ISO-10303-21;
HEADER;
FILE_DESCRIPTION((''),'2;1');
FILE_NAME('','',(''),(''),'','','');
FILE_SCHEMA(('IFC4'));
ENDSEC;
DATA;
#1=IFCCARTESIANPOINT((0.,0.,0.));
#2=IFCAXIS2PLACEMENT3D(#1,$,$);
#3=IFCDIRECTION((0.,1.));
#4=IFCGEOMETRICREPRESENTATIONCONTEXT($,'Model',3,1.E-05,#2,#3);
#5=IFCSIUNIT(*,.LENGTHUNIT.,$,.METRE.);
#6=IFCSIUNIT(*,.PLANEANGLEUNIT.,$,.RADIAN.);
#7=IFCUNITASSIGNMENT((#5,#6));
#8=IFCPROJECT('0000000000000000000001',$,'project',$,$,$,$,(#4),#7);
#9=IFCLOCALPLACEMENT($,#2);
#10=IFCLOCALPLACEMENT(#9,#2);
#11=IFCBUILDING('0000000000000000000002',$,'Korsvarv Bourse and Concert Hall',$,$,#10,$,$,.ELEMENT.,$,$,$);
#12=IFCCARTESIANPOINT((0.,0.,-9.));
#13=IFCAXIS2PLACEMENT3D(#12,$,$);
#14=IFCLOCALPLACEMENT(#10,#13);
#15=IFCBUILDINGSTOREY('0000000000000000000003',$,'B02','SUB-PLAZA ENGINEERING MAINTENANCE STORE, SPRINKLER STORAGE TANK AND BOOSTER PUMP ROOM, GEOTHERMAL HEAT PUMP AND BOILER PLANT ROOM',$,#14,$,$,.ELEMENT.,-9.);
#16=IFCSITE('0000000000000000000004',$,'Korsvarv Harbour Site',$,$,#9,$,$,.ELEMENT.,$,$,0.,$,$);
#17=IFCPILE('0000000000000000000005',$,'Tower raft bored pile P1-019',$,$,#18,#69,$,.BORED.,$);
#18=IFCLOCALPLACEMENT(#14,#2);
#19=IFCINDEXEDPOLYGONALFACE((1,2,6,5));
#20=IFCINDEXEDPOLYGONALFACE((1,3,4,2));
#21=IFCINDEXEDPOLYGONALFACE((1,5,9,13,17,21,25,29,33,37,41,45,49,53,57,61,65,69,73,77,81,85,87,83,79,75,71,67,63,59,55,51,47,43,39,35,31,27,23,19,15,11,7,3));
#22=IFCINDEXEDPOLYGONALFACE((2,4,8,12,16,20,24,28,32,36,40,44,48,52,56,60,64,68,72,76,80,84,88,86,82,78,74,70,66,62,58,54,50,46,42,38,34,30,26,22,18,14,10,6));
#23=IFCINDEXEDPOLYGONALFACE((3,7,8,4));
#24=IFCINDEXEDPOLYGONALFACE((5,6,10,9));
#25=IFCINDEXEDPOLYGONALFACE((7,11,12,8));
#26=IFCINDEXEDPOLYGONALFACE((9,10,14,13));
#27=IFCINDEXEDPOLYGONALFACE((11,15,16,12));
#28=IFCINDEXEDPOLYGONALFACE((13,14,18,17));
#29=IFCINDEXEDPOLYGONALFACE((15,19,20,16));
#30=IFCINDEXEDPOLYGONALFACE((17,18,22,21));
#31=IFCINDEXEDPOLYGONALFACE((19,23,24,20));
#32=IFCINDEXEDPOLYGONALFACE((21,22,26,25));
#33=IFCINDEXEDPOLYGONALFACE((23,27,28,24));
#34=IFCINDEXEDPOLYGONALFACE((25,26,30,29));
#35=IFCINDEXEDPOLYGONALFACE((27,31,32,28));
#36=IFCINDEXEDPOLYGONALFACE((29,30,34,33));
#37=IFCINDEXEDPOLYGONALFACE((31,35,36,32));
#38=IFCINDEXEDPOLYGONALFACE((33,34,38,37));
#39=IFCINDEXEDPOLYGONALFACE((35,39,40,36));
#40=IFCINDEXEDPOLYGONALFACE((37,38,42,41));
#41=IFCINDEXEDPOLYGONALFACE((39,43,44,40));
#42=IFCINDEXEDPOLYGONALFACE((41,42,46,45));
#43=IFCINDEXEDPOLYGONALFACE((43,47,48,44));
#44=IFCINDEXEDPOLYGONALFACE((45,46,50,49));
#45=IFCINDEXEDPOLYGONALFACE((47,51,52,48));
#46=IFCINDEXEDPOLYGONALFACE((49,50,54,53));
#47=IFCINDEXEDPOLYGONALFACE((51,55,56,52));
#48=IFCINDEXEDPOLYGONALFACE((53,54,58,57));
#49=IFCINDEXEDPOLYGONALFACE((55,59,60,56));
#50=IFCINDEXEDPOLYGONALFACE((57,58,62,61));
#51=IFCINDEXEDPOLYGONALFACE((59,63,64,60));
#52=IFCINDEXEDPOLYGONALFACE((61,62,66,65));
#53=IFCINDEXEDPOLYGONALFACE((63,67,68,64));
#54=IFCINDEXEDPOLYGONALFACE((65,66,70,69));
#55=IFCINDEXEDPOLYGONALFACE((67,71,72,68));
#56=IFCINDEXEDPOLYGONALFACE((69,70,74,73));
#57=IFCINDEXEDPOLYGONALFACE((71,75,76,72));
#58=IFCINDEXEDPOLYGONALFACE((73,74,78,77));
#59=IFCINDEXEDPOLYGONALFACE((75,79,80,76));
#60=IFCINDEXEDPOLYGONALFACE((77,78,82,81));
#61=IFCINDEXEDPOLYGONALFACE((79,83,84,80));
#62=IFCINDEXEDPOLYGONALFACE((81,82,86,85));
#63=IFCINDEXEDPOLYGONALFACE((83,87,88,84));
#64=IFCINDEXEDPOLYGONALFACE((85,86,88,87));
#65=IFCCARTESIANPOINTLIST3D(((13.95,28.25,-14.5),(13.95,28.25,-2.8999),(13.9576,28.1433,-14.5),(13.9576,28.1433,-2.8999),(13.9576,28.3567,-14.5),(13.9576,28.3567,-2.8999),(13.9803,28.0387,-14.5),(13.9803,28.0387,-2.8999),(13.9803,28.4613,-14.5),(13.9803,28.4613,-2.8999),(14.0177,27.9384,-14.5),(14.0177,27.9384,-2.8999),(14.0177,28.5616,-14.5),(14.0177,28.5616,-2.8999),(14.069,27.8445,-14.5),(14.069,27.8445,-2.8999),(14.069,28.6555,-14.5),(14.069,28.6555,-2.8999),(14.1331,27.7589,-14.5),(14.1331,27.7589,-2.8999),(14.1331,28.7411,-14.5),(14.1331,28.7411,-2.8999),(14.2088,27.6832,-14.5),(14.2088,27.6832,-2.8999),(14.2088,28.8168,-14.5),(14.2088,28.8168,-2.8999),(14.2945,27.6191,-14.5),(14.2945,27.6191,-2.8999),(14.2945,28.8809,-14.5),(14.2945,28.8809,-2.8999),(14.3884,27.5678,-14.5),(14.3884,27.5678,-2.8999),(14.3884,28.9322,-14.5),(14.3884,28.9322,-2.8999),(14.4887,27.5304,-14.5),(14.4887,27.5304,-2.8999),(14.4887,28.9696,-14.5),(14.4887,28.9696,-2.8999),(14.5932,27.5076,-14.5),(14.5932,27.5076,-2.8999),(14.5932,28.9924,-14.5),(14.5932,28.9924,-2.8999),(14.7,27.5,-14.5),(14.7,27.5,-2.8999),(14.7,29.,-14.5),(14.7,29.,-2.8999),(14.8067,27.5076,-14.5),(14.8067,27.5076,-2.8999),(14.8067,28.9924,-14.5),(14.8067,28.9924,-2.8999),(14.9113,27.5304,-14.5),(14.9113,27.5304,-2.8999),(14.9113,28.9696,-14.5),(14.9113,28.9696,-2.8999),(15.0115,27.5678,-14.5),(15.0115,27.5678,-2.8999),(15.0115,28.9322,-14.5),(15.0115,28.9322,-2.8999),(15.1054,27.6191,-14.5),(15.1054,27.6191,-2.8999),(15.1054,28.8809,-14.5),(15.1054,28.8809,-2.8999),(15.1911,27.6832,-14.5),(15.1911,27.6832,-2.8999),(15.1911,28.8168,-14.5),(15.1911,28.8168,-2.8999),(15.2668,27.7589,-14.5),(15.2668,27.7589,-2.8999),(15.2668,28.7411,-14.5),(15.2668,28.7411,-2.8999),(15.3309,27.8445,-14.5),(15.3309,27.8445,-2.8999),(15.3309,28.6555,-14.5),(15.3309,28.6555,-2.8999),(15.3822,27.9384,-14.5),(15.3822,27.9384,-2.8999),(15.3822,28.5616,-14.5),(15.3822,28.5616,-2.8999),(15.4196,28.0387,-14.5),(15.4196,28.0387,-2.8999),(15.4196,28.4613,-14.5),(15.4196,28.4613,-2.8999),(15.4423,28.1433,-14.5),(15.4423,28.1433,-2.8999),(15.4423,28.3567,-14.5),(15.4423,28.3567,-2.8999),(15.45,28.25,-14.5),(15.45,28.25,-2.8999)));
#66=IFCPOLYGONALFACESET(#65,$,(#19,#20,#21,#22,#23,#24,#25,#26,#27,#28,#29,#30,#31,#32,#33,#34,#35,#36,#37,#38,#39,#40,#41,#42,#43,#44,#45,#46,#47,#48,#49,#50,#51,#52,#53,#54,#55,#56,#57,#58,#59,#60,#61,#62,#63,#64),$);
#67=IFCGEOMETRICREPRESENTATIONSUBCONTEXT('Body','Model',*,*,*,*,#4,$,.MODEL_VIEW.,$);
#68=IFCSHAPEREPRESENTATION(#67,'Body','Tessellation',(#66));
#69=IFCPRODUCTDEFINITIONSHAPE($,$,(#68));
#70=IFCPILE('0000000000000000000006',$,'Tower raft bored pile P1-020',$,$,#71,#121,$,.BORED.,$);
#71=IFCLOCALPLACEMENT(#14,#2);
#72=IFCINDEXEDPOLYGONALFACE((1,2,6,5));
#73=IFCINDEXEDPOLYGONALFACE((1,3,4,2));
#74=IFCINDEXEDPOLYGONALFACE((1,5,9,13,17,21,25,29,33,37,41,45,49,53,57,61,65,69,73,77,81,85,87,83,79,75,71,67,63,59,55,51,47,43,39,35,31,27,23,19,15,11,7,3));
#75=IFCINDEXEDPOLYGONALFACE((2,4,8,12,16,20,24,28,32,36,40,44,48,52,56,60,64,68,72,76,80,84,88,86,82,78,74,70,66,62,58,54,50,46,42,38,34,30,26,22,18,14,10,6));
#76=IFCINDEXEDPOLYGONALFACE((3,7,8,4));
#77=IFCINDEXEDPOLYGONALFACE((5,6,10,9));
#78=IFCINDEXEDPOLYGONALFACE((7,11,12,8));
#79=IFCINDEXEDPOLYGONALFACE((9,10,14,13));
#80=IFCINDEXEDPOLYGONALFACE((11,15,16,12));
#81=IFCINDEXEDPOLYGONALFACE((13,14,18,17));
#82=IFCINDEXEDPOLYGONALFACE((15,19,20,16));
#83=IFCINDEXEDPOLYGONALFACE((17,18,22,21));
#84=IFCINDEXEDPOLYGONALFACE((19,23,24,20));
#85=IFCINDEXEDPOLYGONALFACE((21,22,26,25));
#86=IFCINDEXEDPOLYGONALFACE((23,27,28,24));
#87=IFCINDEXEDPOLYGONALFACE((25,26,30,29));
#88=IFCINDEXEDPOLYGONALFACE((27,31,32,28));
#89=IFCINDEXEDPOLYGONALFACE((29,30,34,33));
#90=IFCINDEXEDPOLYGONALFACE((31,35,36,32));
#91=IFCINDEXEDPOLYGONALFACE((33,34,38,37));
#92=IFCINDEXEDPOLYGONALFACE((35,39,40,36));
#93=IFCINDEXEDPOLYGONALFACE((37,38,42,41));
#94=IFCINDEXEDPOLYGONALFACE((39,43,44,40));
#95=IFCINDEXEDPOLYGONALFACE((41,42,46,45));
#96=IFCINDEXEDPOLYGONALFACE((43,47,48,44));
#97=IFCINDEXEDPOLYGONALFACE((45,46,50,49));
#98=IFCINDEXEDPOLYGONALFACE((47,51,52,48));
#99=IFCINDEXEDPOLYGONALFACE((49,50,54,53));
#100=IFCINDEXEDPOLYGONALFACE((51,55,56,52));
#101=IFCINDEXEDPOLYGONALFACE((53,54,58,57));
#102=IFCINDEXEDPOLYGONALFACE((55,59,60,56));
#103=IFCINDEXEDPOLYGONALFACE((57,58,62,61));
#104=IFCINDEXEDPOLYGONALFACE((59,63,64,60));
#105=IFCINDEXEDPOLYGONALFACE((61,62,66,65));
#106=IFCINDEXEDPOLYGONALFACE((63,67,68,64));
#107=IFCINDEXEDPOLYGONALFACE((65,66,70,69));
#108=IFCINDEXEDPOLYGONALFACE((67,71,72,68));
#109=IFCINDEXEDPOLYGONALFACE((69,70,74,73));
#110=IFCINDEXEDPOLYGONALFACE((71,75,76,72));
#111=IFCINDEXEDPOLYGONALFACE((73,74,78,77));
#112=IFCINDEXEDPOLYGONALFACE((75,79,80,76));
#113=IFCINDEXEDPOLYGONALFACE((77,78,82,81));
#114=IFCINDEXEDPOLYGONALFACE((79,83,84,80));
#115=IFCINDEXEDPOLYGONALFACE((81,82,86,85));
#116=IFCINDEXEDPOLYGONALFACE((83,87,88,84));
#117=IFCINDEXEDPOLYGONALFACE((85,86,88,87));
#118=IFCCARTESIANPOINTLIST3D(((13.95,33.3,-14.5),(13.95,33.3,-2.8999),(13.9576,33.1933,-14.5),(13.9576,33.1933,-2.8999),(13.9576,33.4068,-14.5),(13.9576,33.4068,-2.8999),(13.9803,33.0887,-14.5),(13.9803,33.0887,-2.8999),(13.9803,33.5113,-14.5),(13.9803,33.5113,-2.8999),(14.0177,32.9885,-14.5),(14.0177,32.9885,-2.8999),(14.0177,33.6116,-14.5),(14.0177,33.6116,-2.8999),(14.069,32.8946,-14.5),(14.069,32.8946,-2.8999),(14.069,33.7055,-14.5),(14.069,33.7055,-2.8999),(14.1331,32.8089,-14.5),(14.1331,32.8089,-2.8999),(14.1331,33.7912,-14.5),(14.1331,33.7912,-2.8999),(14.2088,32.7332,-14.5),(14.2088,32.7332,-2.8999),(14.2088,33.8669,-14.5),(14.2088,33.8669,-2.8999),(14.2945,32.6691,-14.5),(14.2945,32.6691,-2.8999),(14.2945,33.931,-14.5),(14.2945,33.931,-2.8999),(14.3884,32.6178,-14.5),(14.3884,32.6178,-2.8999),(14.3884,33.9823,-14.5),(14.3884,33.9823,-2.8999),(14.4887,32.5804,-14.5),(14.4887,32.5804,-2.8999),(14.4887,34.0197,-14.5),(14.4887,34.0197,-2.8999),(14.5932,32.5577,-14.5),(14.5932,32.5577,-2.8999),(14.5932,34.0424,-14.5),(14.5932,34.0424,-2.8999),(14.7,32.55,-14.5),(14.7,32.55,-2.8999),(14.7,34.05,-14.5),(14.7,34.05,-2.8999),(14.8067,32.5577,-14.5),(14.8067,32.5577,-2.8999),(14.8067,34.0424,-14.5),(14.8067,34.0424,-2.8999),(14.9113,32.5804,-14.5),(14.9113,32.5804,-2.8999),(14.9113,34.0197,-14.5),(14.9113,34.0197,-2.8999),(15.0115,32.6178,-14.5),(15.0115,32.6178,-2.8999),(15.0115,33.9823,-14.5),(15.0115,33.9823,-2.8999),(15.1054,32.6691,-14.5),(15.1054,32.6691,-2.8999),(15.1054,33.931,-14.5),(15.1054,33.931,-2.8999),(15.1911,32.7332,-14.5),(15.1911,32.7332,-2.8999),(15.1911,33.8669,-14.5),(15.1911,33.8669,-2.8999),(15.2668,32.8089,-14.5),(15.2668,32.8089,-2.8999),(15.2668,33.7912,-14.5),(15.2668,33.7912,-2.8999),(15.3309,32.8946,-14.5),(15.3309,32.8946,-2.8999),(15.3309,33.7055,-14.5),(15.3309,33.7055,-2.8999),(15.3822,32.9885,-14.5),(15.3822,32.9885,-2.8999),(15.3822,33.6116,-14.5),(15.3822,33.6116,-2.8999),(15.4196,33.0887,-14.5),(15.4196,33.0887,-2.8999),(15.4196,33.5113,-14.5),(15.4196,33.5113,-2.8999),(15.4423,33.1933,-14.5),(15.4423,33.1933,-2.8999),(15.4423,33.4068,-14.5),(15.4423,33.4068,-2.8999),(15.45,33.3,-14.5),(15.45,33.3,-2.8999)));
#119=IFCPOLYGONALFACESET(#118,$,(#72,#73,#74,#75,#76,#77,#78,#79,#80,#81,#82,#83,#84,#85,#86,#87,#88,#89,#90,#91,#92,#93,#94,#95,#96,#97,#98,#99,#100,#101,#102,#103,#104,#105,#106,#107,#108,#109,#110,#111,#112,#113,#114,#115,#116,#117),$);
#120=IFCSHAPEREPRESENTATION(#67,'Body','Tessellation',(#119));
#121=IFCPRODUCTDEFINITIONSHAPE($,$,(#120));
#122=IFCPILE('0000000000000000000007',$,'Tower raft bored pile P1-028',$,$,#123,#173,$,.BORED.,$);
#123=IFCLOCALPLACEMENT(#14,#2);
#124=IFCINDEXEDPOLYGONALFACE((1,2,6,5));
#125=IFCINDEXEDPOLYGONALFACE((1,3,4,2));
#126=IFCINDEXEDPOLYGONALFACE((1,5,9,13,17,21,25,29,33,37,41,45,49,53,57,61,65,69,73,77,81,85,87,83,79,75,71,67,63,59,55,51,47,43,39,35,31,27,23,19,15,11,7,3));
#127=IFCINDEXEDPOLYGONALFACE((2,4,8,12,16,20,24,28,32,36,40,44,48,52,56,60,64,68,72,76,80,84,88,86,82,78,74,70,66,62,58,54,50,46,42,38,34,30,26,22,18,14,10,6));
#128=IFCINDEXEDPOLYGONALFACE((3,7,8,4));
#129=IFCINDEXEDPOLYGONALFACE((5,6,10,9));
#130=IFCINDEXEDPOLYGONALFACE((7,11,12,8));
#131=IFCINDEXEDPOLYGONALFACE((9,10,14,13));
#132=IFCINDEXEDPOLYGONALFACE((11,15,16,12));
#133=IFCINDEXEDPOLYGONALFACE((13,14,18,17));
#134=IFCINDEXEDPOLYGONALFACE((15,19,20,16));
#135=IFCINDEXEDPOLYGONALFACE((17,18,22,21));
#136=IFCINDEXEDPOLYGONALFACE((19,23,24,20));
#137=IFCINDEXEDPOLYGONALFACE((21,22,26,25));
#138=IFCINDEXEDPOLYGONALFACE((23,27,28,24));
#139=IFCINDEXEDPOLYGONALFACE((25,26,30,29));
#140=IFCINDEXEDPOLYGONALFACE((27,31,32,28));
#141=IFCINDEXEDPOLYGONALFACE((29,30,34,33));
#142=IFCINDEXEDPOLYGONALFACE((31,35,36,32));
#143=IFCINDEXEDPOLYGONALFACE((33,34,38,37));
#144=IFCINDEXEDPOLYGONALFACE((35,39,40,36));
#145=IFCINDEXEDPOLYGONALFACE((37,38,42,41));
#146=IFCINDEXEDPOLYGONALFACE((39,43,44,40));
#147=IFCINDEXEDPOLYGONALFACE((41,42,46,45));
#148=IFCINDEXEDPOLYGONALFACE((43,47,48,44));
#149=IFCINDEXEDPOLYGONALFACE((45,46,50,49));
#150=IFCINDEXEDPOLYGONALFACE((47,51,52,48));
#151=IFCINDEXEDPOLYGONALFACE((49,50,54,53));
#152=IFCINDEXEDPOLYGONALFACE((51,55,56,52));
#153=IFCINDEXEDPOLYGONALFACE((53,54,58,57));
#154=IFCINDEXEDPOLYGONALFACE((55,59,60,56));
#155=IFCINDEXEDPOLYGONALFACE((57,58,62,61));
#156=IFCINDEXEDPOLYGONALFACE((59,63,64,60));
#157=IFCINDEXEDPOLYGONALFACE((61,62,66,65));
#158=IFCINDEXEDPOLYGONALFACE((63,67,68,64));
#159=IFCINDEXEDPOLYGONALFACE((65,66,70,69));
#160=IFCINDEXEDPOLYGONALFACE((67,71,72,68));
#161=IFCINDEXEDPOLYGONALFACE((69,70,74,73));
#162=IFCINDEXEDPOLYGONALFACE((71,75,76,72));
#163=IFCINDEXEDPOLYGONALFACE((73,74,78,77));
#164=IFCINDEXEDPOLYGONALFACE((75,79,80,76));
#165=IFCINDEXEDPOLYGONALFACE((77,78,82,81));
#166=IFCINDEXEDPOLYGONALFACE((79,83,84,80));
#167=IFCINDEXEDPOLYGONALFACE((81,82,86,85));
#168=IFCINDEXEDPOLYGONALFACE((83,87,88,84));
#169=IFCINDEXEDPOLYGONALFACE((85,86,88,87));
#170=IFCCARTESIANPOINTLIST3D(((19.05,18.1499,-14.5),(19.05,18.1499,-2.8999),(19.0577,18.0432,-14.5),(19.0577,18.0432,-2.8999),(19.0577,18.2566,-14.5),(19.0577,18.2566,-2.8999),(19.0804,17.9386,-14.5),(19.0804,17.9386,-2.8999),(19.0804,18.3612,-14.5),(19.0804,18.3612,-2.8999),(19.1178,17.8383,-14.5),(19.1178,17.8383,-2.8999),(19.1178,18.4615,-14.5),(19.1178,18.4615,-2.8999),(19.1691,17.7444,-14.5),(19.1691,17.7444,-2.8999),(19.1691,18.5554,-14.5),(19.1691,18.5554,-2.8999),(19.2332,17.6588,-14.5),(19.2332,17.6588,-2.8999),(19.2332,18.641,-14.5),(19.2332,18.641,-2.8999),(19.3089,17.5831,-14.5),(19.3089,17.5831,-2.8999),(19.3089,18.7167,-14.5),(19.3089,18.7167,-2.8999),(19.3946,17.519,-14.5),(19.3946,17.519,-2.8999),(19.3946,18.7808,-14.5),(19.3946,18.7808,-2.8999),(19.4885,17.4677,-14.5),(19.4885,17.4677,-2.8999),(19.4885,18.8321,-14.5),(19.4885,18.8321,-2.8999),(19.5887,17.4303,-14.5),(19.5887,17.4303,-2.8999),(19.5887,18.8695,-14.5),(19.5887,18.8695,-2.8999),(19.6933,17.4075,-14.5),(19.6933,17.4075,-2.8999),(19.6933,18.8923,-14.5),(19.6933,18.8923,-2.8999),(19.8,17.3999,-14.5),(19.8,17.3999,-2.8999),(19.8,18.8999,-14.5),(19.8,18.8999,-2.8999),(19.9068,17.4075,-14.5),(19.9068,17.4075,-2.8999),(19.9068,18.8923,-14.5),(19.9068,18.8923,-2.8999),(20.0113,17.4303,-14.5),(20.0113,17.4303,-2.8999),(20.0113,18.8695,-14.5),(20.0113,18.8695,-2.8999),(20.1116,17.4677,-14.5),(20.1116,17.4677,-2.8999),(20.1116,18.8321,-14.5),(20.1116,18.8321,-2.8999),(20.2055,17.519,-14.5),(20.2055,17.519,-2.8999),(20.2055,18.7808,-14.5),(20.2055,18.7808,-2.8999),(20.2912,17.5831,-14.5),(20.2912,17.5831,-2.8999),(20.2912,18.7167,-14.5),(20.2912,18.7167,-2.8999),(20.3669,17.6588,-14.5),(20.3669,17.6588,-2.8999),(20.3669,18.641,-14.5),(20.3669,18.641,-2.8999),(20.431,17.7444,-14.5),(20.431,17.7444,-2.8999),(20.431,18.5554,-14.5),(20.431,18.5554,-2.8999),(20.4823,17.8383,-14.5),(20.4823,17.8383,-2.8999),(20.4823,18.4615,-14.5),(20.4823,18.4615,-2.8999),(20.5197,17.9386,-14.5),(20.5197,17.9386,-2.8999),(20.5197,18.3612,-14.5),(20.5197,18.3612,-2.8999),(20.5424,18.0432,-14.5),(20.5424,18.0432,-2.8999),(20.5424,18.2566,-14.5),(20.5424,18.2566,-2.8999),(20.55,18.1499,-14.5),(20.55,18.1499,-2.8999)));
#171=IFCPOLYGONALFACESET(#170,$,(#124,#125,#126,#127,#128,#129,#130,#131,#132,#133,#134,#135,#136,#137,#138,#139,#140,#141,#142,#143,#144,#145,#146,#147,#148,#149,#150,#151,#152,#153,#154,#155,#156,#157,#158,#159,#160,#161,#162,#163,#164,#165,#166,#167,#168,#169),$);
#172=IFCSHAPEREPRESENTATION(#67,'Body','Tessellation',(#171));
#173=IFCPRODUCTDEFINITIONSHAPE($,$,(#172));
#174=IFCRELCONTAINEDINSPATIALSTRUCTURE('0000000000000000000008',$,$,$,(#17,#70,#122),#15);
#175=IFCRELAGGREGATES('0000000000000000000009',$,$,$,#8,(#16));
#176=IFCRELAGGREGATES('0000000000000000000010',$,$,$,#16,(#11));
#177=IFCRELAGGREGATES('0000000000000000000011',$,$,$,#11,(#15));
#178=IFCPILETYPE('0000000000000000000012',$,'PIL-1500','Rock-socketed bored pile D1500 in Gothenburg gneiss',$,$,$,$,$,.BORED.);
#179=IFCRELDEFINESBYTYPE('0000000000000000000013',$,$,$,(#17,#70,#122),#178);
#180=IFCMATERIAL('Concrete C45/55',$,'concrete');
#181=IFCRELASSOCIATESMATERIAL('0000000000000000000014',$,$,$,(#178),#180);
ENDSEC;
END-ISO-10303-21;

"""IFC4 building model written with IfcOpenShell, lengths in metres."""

from ifc_helpers import new_model, si_unit, direction, frame, origin, origin_2d, place, context, subcontext, project, spatial, circle, extrude, source, transform, mapped, material, material_profile, profile_set, type_object, element, save


model = new_model("IFC4")

# Units and contexts
model_context = context("Model", 3, precision=1e-05, world=origin(), true_north=direction((0.0, 1.0)))
body_context = subcontext(model_context, "Body", "Model", "MODEL_VIEW")
ifc_project = project(units=[si_unit("LENGTHUNIT", "METRE"), si_unit("PLANEANGLEUNIT", "RADIAN")], contexts=[model_context])

# Site, building, storey
site_placement = place(None, origin())
site = spatial("IfcSite", under=ifc_project, at=site_placement, Name="Korsvarv Harbour Site", CompositionType="ELEMENT", RefElevation=0.0)
building_placement = place(site_placement, origin())
building = spatial("IfcBuilding", under=site, at=building_placement, Name="Korsvarv Bourse and Concert Hall", CompositionType="ELEMENT")
storey_placement = place(building_placement, frame((0.0, 0.0, -9.0)))
storey = spatial("IfcBuildingStorey", under=building, at=storey_placement, Name="B02", Description="SUB-PLAZA ENGINEERING MAINTENANCE STORE, SPRINKLER STORAGE TANK AND BOOSTER PUMP ROOM, GEOTHERMAL HEAT PUMP AND BOILER PLANT ROOM", CompositionType="ELEMENT", Elevation=-9.0)

# Piles
ifc_material_1 = material(Name="Concrete C45/55", Category="concrete")
ifc_material_profile_1 = material_profile(ifc_material_1, circle(Radius=0.75, at=origin_2d()), Name="PILE D1500")
ifc_profile_set_1 = profile_set([ifc_material_profile_1], Name="Concrete C45/55")
pile_type = type_object("IfcPileType", Name="PIL-1500", Description="Rock-socketed bored pile D1500 in Gothenburg gneiss", PredefinedType="BORED", material=ifc_profile_set_1)
shared_shape_1 = source(origin(), body_context, "Body", "SweptSolid", [
    extrude(circle(Radius=0.75, at=origin_2d()), origin(), (0.0, 0.0, 1.0), 11.6001),
])
for number, where, z_axis, x_axis, name in (
    (1, (14.7, 28.25, -2.8999), (0.0, 0.0, -1.0), (1.0, 0.0, 0.0), "Tower raft bored pile P1-019"),
    (2, (14.7, 33.3, -2.8999), (0.0, 0.0, -1.0), (1.0, 0.0, 0.0), "Tower raft bored pile P1-020"),
    (3, (19.8, 18.1499, -2.8999), (0.0, 0.0, -1.0), (1.0, 0.0, 0.0), "Tower raft bored pile P1-028"),
):
    element("IfcPile", number, at=place(storey_placement, frame(where, z_axis=z_axis, x_axis=x_axis)), inside=storey, type_object=pile_type, Name=name, PredefinedType="BORED", context=body_context, shape_type="MappedRepresentation", body=[
        mapped(shared_shape_1, transform((0.0, 0.0, 0.0), scale=1.0)),
    ])

save(model, "model.ifc")
